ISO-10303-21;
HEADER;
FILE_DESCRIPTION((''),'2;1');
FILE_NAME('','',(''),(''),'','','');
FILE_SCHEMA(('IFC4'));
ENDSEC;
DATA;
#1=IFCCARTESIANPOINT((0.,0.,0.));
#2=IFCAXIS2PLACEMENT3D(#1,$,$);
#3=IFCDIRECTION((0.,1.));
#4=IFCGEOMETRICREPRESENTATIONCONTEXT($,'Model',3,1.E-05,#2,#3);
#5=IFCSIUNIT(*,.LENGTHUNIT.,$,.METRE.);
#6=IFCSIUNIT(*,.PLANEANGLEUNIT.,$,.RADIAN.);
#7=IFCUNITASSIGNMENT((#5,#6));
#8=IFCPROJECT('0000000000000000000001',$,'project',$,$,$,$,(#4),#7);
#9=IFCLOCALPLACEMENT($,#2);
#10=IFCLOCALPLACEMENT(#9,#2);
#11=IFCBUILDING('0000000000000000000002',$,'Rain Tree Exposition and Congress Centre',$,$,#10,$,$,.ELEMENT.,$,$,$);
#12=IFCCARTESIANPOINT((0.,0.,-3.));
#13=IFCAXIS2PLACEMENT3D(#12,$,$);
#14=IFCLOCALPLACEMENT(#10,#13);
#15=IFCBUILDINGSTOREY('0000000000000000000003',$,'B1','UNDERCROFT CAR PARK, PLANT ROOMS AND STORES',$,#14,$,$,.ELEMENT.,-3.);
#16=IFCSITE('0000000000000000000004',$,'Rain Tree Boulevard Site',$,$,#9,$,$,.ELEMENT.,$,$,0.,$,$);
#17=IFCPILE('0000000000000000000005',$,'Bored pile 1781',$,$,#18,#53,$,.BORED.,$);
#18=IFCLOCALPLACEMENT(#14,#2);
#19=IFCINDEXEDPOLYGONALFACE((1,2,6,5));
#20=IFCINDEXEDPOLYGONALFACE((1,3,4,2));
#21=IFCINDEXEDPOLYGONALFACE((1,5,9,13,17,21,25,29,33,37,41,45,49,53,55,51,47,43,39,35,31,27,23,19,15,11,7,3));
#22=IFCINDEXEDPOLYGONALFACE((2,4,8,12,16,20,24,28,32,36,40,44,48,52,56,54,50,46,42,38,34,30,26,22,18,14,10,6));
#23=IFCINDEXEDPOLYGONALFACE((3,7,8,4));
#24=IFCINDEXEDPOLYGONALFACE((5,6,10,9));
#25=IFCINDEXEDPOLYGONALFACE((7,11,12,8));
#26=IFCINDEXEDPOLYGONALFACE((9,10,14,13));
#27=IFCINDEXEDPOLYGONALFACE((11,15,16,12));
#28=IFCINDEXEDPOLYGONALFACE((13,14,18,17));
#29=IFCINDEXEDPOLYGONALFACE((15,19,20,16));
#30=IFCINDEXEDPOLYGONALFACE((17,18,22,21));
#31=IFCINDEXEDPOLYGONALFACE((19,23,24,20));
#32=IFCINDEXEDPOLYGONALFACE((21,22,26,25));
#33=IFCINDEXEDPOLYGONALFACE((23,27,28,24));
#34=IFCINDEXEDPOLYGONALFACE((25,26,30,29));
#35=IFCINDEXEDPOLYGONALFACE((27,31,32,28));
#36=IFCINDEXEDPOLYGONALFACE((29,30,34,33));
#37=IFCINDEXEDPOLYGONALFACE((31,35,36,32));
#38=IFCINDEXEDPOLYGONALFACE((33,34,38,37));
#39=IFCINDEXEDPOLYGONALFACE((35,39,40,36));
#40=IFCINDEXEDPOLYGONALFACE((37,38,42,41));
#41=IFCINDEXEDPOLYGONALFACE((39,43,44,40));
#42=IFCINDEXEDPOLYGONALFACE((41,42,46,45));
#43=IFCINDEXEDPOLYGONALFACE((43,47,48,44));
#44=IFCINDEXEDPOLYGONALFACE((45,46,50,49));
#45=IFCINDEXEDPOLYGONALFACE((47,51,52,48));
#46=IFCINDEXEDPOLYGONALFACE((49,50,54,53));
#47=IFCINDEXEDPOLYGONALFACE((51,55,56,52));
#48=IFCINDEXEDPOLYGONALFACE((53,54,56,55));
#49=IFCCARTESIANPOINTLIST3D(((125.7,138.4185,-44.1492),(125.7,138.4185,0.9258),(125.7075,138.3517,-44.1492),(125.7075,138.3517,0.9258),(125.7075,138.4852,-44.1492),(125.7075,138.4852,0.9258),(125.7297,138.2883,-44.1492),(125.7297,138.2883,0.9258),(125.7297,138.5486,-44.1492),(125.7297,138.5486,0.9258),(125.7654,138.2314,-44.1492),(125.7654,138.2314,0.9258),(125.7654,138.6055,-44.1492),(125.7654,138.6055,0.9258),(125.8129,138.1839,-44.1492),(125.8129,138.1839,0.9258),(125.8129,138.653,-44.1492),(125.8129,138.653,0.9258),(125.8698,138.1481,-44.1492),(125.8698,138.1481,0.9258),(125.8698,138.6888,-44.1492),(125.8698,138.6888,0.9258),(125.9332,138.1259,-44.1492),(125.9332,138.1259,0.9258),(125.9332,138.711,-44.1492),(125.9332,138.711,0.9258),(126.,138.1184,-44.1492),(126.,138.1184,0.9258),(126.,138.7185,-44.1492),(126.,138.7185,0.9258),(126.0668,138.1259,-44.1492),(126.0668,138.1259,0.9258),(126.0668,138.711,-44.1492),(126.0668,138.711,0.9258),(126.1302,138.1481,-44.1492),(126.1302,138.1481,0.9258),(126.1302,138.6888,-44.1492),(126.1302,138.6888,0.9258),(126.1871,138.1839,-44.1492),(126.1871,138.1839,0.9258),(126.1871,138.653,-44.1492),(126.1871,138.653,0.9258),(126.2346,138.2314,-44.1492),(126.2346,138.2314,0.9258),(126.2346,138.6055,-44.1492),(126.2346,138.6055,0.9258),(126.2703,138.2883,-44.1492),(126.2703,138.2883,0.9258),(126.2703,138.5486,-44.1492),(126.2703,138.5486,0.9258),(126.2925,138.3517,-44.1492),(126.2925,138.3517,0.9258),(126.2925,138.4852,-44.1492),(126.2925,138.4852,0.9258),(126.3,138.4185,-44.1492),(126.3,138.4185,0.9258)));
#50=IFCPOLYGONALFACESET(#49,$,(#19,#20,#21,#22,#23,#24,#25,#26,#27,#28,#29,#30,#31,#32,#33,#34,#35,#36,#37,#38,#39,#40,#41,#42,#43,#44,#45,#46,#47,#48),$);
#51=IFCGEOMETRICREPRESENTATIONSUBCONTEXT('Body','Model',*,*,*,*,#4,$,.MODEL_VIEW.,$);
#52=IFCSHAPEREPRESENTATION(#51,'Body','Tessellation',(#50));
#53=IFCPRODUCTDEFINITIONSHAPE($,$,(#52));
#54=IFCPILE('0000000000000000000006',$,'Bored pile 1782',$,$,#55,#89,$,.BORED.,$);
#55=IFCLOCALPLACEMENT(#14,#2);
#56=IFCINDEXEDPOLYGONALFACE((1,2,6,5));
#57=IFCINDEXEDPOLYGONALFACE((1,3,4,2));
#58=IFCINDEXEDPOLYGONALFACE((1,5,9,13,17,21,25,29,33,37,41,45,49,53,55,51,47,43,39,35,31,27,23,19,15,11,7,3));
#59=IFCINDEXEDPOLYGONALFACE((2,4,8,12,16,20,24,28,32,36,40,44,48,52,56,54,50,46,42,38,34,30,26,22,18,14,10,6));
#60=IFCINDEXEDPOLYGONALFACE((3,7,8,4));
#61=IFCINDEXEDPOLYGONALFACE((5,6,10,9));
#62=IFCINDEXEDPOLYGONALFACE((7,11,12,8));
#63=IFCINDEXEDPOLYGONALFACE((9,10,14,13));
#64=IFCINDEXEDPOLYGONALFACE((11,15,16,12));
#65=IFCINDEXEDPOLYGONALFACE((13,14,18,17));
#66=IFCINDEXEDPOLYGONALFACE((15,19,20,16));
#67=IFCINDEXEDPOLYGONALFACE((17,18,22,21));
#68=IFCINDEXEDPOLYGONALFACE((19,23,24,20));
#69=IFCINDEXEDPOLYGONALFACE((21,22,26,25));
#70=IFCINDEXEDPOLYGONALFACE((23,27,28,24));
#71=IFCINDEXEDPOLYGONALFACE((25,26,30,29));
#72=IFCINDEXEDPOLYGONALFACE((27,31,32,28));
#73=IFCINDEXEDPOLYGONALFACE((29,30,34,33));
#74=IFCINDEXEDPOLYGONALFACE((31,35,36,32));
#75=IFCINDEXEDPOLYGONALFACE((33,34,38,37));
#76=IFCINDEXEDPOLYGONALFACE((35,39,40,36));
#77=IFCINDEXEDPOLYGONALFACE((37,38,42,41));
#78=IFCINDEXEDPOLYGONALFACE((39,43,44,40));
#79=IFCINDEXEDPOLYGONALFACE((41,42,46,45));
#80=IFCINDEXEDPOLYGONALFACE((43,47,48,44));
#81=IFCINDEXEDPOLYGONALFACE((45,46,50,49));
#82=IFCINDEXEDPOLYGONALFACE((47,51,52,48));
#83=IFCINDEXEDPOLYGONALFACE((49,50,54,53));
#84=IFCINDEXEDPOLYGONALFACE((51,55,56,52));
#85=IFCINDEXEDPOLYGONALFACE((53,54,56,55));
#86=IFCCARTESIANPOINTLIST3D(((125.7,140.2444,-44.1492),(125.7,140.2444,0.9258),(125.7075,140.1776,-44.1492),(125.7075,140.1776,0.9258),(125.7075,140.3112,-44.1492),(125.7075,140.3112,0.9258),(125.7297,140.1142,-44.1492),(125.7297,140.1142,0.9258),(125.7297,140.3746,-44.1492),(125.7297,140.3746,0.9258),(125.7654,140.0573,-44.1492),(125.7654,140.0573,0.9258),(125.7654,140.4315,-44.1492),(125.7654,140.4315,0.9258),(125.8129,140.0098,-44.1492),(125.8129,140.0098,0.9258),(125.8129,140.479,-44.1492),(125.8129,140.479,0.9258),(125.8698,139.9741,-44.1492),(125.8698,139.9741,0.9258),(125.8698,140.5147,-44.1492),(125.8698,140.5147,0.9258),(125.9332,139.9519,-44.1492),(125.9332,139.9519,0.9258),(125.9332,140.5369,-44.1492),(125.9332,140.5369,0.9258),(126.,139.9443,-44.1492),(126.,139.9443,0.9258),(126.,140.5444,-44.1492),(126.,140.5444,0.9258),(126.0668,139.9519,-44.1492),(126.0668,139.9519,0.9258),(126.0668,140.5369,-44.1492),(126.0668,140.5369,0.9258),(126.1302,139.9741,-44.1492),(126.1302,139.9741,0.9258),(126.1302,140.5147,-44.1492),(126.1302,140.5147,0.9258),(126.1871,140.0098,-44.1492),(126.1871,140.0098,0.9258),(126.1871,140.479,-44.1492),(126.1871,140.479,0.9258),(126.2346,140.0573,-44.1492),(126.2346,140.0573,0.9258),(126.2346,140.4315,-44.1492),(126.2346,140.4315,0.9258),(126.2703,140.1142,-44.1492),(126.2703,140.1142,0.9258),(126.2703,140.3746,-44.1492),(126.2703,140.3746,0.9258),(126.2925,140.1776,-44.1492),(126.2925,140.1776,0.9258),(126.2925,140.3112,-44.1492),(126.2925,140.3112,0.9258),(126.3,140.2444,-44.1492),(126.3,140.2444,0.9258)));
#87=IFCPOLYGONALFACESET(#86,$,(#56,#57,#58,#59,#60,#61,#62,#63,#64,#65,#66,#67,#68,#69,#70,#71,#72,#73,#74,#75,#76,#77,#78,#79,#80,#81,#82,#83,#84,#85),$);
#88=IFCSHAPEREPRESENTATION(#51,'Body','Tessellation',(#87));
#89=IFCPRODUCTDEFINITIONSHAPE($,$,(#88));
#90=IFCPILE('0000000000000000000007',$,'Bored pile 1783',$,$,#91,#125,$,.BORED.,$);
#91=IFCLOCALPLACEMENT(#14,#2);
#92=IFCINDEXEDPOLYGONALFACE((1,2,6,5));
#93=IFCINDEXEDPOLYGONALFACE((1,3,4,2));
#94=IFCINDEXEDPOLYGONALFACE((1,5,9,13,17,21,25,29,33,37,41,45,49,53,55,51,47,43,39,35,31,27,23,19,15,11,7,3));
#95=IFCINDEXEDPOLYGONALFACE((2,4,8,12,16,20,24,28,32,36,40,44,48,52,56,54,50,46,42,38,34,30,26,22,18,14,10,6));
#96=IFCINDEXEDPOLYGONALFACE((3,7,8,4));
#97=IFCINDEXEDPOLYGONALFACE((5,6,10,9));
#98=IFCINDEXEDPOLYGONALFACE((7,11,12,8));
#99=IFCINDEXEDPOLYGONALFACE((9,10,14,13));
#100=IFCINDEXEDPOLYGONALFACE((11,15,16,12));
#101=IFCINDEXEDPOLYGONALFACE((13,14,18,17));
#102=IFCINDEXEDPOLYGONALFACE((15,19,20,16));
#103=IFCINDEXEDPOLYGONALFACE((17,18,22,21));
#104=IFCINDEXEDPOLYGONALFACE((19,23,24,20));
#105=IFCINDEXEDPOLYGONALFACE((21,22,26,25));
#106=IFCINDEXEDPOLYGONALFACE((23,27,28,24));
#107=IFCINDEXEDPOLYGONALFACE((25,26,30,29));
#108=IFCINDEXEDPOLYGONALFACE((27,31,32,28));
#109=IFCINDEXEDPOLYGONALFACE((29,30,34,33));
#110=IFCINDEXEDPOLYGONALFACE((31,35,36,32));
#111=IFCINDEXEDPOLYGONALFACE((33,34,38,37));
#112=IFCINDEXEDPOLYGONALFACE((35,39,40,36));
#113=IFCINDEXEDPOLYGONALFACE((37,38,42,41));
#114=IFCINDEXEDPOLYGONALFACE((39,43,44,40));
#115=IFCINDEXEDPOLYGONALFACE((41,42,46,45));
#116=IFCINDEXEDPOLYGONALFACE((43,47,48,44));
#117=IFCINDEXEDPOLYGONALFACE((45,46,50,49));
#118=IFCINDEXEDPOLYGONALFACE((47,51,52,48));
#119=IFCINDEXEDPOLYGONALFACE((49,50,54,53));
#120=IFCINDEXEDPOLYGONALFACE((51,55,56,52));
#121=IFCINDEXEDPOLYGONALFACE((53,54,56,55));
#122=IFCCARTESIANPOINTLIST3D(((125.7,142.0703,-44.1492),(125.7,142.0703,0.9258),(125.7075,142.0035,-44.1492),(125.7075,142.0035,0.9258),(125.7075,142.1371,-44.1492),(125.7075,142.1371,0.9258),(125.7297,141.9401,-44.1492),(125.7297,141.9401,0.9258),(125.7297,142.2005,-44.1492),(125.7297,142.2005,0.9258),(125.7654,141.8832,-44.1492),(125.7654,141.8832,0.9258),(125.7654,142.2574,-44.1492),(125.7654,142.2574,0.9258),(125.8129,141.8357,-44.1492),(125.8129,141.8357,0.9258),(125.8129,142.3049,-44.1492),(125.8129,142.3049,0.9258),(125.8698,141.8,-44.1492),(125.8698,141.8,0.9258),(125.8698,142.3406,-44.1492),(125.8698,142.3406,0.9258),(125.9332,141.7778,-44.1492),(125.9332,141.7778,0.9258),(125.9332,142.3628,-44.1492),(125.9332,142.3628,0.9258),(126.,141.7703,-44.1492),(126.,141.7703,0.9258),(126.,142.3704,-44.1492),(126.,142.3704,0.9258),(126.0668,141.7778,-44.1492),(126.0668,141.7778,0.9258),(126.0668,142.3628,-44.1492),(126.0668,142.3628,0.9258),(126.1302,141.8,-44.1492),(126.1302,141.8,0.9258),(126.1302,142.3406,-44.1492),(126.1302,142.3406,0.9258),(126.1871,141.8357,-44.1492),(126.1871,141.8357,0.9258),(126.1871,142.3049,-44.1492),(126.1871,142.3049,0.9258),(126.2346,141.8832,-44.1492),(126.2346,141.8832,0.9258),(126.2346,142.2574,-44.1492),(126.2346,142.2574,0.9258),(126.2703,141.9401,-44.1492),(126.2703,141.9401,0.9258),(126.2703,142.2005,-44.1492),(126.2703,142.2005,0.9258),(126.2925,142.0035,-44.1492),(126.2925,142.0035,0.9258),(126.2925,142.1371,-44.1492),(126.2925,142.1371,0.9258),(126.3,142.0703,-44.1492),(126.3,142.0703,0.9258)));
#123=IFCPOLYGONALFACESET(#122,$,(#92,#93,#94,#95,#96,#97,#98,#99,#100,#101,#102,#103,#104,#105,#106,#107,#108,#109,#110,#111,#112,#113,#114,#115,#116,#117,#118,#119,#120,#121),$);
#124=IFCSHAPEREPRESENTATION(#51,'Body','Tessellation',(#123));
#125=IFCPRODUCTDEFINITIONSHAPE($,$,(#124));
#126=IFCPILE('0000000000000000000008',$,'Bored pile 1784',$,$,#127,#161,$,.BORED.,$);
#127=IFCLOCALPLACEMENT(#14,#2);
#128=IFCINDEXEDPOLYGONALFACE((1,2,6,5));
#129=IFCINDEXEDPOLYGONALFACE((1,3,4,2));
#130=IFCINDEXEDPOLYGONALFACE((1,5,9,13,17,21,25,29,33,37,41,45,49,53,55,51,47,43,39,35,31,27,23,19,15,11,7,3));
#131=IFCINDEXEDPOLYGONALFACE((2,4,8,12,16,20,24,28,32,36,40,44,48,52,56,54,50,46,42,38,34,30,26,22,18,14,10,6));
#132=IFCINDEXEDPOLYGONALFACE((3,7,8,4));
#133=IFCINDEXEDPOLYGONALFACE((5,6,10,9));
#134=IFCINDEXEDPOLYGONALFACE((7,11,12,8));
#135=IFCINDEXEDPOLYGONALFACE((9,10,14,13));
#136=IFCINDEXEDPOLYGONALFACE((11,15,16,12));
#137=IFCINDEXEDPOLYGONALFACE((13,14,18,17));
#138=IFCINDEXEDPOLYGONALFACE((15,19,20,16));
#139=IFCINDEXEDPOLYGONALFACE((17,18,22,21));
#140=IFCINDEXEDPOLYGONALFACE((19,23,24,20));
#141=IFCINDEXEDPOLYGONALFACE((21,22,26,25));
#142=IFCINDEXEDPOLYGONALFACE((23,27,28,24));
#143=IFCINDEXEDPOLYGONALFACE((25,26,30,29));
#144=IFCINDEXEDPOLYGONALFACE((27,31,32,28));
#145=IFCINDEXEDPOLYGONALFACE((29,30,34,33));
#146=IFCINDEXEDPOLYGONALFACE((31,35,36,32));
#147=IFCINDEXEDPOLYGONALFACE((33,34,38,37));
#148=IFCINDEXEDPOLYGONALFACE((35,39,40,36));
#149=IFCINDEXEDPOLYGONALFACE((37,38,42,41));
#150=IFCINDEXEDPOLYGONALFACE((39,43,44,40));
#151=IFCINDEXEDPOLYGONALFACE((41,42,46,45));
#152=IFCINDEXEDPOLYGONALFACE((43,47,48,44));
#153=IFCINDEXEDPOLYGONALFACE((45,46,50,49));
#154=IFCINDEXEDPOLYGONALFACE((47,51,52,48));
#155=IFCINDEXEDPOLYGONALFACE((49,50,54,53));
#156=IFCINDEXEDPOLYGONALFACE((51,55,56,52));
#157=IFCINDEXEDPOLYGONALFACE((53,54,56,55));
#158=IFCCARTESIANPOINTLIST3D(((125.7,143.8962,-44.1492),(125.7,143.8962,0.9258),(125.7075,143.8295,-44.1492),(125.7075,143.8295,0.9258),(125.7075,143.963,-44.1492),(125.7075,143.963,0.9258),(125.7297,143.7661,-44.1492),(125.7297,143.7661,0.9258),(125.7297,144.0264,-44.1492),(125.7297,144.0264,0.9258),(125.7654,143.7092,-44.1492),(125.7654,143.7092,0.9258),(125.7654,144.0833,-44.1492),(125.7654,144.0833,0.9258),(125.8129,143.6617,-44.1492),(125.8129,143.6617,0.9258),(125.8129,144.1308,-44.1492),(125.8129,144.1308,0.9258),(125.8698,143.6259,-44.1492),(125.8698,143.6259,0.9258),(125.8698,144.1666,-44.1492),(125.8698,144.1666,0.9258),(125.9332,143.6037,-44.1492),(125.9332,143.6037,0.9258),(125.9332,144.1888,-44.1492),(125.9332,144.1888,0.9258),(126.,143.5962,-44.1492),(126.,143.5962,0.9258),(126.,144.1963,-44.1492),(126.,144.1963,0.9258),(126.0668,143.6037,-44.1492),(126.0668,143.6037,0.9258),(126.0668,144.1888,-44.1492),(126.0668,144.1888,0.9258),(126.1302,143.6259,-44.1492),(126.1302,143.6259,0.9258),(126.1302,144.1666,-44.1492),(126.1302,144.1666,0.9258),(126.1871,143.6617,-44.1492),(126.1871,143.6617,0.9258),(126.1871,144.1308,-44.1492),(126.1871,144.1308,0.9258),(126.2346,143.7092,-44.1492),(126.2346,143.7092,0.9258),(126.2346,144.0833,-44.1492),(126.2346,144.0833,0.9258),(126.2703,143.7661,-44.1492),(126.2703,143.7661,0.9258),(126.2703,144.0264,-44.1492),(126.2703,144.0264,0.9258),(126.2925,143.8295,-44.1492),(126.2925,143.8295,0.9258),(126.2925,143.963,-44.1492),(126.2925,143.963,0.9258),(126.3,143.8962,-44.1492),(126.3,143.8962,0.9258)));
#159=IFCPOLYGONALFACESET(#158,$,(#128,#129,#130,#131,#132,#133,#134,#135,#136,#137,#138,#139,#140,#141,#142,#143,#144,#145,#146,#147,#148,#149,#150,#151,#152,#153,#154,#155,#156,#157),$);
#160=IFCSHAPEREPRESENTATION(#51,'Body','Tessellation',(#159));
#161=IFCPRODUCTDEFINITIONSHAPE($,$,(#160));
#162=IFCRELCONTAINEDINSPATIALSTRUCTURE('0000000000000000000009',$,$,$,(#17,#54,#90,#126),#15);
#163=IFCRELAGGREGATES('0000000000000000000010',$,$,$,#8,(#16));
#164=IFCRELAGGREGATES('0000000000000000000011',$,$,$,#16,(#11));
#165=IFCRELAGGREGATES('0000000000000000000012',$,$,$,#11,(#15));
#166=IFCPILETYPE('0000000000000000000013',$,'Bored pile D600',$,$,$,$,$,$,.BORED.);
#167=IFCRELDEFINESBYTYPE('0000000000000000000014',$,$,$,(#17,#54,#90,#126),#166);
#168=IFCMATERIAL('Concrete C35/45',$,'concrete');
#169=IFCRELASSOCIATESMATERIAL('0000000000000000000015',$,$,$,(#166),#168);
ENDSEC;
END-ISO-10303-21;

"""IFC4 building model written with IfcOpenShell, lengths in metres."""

from ifc_helpers import new_model, si_unit, direction, frame, origin, origin_2d, place, context, subcontext, project, spatial, circle, extrude, material, material_profile, profile_set, type_object, element, save


model = new_model("IFC4")

# Units and contexts
model_context = context("Model", 3, precision=1e-05, world=origin(), true_north=direction((0.0, 1.0)))
body_context = subcontext(model_context, "Body", "Model", "MODEL_VIEW")
ifc_project = project(units=[si_unit("LENGTHUNIT", "METRE"), si_unit("PLANEANGLEUNIT", "RADIAN")], contexts=[model_context])

# Site, building, storey
site_placement = place(None, origin())
site = spatial("IfcSite", under=ifc_project, at=site_placement, Name="Rain Tree Boulevard Site", CompositionType="ELEMENT", RefElevation=0.0)
building_placement = place(site_placement, origin())
building = spatial("IfcBuilding", under=site, at=building_placement, Name="Rain Tree Exposition and Congress Centre", CompositionType="ELEMENT")
storey_placement = place(building_placement, frame((0.0, 0.0, -3.0)))
storey = spatial("IfcBuildingStorey", under=building, at=storey_placement, Name="B1", Description="UNDERCROFT CAR PARK, PLANT ROOMS AND STORES", CompositionType="ELEMENT", Elevation=-3.0)

# Piles
ifc_material_1 = material(Name="Concrete C35/45", Category="concrete")
ifc_material_profile_1 = material_profile(ifc_material_1, circle(Radius=0.3, at=origin_2d()), Name="D600")
ifc_profile_set_1 = profile_set([ifc_material_profile_1], Name="Concrete C35/45")
pile_type_1 = type_object("IfcPileType", Name="Bored pile D600", PredefinedType="BORED", material=ifc_profile_set_1)
for number, where, z_axis, x_axis, name in (
    (1, (126.0, 138.4185, 0.9258), (0.0, 0.0, -1.0), (1.0, 0.0, 0.0), "Bored pile 1781"),
    (2, (126.0, 140.2444, 0.9258), (0.0, 0.0, -1.0), (1.0, 0.0, 0.0), "Bored pile 1782"),
    (3, (126.0, 142.0703, 0.9258), (0.0, 0.0, -1.0), (1.0, 0.0, 0.0), "Bored pile 1783"),
    (4, (126.0, 143.8962, 0.9258), (0.0, 0.0, -1.0), (1.0, 0.0, 0.0), "Bored pile 1784"),
):
    element("IfcPile", number, at=place(storey_placement, frame(where, z_axis=z_axis, x_axis=x_axis)), inside=storey, type_object=pile_type_1, Name=name, PredefinedType="BORED", context=body_context, shape_type="SweptSolid", body=[
        extrude(circle(Radius=0.3, at=origin_2d()), origin(), (0.0, 0.0, 1.0), 45.075),
    ])

save(model, "model.ifc")
